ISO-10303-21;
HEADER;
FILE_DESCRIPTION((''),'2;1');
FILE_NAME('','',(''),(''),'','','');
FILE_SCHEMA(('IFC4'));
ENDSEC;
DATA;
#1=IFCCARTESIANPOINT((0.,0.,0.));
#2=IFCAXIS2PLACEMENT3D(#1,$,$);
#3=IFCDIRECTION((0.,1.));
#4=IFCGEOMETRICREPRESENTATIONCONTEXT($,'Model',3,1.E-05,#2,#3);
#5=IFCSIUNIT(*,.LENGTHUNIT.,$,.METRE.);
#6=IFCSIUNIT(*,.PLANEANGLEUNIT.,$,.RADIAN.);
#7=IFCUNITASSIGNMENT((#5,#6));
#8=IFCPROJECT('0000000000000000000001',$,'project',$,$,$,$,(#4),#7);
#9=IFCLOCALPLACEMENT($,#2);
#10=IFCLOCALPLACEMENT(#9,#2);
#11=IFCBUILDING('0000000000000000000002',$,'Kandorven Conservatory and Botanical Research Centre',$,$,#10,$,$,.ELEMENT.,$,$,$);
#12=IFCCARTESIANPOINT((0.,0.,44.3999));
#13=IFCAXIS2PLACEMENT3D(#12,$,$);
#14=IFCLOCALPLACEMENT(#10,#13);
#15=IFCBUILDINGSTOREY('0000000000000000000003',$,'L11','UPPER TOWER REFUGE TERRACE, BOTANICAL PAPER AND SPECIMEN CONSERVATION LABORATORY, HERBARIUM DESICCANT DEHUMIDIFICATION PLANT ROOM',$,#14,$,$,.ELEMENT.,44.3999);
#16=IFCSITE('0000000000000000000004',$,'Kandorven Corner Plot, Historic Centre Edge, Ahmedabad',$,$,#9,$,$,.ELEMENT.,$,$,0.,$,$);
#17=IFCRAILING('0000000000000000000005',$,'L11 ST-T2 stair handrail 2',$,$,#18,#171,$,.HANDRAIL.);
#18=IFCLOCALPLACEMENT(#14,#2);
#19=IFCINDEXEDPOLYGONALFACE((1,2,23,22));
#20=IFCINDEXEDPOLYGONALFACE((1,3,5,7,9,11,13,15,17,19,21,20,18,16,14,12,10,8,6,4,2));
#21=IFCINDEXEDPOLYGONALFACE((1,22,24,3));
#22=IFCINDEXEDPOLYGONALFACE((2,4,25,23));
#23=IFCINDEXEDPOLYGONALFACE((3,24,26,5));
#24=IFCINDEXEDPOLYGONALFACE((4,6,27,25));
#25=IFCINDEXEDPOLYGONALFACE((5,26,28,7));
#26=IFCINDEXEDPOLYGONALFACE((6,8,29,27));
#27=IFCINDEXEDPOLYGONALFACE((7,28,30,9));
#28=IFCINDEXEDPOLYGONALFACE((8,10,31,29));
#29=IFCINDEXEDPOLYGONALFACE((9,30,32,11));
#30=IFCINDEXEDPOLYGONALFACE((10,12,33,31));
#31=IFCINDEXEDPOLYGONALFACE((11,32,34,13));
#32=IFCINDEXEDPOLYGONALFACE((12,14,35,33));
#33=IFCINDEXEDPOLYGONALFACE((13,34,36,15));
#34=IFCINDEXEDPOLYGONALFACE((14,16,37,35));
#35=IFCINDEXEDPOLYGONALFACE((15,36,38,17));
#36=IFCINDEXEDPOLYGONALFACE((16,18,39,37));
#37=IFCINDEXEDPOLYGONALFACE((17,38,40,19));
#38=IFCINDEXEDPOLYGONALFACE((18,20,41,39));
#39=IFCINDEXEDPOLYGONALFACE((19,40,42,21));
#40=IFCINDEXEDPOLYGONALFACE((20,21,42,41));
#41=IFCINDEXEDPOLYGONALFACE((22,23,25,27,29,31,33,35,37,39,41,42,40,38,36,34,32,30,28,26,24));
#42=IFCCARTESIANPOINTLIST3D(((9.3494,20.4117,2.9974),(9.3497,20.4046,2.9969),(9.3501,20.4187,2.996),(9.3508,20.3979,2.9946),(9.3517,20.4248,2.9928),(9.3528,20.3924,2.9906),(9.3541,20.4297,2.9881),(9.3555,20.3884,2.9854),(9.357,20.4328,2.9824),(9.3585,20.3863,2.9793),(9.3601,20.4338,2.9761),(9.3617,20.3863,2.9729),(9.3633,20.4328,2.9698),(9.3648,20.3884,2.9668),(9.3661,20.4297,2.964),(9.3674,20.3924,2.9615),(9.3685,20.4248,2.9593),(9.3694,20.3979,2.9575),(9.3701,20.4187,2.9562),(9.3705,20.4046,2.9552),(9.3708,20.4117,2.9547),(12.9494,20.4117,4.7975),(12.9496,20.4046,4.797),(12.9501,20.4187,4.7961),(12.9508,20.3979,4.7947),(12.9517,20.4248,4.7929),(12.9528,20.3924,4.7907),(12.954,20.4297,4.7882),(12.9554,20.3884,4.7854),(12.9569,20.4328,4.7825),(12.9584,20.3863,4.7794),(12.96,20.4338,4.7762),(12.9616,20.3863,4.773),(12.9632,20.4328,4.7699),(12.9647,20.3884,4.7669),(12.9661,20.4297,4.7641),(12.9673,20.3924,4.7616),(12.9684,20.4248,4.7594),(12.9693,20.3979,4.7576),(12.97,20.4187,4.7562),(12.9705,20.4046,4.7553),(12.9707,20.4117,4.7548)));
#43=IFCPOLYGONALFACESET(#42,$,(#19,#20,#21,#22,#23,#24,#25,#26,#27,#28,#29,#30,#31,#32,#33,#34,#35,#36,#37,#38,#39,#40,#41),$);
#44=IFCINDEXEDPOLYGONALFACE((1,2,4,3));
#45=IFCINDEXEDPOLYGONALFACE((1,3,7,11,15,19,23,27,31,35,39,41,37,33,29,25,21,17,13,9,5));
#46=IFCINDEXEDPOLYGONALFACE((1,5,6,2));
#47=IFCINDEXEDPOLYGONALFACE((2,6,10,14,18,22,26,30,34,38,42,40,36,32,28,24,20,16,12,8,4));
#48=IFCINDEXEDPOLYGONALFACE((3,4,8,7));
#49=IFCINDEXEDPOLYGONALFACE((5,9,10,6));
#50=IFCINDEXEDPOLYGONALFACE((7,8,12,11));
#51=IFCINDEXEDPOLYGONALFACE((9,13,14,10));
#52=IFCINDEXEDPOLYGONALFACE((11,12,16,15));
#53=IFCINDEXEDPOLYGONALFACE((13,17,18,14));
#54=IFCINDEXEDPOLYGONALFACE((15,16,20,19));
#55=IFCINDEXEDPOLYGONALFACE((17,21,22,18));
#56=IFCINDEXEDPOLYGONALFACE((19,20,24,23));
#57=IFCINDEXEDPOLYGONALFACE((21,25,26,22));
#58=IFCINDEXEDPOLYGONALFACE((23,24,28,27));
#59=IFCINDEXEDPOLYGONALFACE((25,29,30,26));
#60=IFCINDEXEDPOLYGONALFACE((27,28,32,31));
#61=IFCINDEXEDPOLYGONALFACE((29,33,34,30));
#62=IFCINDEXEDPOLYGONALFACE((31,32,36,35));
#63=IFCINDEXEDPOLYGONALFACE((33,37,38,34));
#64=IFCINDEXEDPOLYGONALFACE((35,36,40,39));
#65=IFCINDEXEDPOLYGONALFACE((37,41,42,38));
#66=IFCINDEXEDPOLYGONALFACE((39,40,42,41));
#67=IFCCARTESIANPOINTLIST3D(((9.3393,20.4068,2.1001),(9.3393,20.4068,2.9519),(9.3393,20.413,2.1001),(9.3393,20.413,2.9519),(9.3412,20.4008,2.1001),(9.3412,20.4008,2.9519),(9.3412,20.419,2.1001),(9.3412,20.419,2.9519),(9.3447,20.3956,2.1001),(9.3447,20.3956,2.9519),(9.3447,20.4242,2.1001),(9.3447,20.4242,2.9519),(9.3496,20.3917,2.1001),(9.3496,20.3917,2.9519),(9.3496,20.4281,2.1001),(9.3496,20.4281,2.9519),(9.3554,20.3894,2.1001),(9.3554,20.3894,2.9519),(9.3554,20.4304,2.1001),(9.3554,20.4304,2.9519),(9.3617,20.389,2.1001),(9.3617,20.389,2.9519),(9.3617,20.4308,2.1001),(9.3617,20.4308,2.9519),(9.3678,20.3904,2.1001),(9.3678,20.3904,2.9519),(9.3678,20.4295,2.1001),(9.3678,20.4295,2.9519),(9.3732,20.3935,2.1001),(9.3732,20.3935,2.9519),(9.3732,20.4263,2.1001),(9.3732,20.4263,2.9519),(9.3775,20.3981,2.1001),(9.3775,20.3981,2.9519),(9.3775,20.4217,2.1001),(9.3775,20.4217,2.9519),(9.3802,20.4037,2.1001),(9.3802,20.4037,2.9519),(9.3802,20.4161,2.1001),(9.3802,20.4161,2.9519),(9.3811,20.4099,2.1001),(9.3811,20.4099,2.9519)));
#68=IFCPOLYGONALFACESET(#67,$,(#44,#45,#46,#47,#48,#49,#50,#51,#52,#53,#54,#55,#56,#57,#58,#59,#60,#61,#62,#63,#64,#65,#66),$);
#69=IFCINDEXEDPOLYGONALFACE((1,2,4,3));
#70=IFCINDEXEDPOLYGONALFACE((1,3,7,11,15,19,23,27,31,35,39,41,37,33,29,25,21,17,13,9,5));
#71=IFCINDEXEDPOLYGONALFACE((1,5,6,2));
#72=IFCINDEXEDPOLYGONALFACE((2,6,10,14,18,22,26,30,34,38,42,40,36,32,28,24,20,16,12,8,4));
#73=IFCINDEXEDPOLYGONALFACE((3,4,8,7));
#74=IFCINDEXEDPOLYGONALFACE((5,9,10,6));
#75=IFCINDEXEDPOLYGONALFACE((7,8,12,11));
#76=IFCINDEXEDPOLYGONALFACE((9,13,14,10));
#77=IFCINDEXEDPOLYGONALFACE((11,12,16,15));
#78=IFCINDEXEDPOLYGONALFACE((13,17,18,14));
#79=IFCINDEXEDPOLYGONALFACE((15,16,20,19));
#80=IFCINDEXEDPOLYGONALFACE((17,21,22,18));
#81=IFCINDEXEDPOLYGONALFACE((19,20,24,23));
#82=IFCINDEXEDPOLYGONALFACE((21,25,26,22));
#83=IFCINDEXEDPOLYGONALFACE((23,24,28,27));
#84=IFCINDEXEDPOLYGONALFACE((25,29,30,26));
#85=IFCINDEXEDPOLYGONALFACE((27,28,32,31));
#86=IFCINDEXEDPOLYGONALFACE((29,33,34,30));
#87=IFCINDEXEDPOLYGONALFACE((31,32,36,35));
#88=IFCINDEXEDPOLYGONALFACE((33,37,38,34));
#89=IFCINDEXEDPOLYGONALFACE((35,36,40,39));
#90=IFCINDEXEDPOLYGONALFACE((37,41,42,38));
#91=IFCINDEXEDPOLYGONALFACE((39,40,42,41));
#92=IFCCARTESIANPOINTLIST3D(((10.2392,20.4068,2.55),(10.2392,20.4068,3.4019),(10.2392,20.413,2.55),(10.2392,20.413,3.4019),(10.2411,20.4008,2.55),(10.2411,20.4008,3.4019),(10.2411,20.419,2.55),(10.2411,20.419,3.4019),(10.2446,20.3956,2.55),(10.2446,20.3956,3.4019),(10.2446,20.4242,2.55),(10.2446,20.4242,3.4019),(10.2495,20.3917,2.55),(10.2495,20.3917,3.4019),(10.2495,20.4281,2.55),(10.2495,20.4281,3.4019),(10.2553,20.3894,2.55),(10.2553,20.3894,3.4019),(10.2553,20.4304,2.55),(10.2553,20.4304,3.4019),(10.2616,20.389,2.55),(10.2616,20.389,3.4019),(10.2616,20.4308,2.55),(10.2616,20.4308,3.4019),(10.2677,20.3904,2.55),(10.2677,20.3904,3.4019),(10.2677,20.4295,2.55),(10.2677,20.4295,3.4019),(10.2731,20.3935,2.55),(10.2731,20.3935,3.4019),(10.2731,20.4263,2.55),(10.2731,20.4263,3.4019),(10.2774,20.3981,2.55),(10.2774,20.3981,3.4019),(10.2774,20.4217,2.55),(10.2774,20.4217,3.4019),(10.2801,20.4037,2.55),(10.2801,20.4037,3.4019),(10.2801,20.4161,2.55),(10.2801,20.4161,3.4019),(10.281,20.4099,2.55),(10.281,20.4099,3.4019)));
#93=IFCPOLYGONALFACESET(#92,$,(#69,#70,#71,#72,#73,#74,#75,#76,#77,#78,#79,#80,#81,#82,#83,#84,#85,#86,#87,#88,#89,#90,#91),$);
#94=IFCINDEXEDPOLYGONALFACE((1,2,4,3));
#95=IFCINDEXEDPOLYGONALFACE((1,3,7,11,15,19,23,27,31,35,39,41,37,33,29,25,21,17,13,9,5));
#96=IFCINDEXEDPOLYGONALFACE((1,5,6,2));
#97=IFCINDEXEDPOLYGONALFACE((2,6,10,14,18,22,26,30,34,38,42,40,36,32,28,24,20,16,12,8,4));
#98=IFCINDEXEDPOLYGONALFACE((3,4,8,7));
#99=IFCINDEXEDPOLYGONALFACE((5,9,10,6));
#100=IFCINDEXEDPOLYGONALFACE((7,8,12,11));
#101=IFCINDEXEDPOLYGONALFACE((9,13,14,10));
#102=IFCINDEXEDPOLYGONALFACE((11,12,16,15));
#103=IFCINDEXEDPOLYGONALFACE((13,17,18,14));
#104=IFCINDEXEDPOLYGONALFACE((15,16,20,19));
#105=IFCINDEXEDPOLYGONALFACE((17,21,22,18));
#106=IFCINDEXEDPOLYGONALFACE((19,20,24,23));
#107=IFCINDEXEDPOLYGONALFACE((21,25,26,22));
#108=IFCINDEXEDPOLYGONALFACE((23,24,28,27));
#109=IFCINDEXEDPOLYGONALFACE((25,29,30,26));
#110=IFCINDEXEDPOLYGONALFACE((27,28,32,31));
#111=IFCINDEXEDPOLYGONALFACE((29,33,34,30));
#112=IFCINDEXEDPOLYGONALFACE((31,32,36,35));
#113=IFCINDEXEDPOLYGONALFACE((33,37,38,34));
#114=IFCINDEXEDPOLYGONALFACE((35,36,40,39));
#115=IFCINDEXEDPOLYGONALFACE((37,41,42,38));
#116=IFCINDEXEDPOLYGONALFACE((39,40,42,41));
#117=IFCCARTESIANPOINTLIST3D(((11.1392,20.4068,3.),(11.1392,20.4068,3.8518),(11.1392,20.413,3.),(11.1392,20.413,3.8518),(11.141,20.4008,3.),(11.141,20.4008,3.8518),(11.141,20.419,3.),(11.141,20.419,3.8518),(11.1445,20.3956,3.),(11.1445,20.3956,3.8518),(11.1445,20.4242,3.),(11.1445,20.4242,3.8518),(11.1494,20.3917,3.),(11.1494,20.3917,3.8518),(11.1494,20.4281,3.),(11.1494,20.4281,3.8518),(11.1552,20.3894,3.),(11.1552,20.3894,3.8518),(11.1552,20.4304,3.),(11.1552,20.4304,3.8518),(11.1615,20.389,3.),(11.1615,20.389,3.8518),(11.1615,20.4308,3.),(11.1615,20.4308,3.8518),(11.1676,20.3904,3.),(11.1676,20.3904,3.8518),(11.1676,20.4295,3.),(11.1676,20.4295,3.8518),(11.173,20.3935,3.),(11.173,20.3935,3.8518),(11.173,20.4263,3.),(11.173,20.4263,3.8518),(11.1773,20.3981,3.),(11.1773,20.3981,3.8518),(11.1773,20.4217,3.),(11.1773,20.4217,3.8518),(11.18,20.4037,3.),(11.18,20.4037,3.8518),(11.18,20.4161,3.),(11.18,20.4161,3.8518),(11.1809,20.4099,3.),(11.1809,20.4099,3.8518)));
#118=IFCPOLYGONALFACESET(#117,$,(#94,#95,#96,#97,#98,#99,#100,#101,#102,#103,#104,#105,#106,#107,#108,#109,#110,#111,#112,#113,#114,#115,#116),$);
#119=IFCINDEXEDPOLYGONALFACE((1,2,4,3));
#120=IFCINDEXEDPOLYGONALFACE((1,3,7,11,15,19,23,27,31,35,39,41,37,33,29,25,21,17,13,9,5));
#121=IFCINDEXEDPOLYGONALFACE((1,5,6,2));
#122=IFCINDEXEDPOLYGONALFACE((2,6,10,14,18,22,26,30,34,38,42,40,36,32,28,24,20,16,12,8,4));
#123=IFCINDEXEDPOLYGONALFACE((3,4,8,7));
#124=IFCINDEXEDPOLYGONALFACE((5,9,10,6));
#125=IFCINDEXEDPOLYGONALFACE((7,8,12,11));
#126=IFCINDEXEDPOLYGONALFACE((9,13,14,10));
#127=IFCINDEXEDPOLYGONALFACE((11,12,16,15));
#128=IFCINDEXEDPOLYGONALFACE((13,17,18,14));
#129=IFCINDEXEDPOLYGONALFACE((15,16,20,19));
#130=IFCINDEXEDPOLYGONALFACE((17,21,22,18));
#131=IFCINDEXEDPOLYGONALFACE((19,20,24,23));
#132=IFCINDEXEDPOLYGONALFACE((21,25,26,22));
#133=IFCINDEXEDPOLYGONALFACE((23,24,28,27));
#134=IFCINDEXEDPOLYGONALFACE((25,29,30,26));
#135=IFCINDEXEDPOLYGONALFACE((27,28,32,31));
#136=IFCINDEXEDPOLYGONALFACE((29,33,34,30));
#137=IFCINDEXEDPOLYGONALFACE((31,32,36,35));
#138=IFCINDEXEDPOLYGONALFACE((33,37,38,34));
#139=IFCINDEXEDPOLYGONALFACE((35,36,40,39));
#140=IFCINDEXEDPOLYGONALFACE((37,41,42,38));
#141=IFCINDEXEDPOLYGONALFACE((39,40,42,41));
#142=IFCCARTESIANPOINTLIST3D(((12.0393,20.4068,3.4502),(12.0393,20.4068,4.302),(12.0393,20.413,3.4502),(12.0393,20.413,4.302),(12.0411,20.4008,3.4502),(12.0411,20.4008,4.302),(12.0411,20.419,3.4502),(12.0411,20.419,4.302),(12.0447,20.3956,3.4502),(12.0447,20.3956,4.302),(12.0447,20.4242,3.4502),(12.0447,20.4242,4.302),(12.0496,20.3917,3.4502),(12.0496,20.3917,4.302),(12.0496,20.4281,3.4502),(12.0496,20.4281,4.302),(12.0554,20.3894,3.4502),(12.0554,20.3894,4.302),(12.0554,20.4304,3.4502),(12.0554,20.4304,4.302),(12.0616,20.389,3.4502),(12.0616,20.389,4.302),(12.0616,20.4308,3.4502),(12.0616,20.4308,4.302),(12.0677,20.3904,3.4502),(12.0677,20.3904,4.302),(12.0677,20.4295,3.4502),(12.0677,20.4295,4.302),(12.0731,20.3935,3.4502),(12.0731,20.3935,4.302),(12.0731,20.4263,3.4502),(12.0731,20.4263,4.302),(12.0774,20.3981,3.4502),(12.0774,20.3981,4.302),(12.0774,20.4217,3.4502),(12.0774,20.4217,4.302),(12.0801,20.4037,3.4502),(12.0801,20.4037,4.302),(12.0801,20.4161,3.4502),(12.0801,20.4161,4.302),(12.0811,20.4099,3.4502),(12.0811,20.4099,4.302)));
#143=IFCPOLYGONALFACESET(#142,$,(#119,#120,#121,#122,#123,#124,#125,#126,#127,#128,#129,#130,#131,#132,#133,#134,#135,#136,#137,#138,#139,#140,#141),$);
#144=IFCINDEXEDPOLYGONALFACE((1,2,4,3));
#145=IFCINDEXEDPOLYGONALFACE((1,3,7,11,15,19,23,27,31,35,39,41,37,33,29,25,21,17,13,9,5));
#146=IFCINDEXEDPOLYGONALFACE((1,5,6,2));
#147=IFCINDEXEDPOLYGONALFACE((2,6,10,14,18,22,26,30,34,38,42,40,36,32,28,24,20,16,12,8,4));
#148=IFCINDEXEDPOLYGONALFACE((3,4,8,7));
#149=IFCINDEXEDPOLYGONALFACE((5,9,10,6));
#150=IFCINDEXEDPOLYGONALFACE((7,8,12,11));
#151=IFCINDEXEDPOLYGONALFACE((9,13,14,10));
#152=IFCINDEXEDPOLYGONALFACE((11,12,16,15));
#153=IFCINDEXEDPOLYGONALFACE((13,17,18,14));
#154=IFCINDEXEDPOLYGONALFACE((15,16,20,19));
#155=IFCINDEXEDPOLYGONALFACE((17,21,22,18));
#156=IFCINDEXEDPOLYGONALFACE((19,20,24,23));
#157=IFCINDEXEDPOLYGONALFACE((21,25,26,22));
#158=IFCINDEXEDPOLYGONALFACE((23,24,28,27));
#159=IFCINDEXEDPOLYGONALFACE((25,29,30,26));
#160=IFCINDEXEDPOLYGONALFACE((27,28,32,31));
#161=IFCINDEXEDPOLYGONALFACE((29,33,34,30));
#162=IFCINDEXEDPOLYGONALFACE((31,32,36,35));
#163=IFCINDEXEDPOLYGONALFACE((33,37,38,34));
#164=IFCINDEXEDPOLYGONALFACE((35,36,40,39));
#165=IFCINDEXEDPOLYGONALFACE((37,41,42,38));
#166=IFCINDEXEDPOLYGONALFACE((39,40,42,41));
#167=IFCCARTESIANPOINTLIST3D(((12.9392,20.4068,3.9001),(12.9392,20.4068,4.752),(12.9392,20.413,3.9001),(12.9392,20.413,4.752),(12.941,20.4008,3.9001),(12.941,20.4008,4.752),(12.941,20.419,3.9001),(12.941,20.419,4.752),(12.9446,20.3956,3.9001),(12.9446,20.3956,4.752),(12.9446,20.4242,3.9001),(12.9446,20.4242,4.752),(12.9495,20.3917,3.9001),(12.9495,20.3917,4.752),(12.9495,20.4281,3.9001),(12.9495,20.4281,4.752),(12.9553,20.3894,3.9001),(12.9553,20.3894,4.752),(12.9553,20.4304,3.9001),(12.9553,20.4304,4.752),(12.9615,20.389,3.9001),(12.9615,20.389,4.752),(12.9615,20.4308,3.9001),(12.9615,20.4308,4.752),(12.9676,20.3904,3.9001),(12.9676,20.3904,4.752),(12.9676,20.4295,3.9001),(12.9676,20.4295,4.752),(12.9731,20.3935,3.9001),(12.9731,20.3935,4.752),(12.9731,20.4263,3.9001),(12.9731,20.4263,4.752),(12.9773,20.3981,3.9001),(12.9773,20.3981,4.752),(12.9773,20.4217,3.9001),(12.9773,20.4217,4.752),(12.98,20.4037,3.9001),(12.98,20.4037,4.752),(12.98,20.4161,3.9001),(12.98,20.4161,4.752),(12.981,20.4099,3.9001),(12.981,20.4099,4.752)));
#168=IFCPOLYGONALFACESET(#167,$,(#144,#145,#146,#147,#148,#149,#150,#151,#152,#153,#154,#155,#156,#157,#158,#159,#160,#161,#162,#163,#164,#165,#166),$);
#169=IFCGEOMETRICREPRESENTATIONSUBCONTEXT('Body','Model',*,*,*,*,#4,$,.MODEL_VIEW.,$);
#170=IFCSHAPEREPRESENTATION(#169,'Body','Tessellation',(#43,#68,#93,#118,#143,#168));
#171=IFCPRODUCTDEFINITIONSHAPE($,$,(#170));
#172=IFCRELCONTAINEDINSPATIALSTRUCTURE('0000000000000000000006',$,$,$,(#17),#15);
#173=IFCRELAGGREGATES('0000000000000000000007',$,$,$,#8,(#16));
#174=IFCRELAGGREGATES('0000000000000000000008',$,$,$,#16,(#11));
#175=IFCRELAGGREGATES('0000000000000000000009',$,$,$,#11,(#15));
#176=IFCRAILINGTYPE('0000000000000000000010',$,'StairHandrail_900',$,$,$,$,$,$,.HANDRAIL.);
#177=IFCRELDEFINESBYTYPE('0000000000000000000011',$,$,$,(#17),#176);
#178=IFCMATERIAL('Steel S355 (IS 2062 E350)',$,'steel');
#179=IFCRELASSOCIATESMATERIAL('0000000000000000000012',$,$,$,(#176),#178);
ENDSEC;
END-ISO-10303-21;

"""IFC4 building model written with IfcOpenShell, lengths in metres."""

from ifc_helpers import new_model, si_unit, direction, frame, origin, origin_2d, place, context, subcontext, project, spatial, circle, extrude, material, type_object, element, save


model = new_model("IFC4")

# Units and contexts
model_context = context("Model", 3, precision=1e-05, world=origin(), true_north=direction((0.0, 1.0)))
body_context = subcontext(model_context, "Body", "Model", "MODEL_VIEW")
ifc_project = project(units=[si_unit("LENGTHUNIT", "METRE"), si_unit("PLANEANGLEUNIT", "RADIAN")], contexts=[model_context])

# Site, building, storey
site_placement = place(None, origin())
site = spatial("IfcSite", under=ifc_project, at=site_placement, Name="Kandorven Corner Plot, Historic Centre Edge, Ahmedabad", CompositionType="ELEMENT", RefElevation=0.0)
building_placement = place(site_placement, origin())
building = spatial("IfcBuilding", under=site, at=building_placement, Name="Kandorven Conservatory and Botanical Research Centre", CompositionType="ELEMENT")
storey_placement = place(building_placement, frame((0.0, 0.0, 44.3999)))
storey = spatial("IfcBuildingStorey", under=building, at=storey_placement, Name="L11", Description="UPPER TOWER REFUGE TERRACE, BOTANICAL PAPER AND SPECIMEN CONSERVATION LABORATORY, HERBARIUM DESICCANT DEHUMIDIFICATION PLANT ROOM", CompositionType="ELEMENT", Elevation=44.3999)

# Railing
ifc_material_1 = material(Name="Steel S355 (IS 2062 E350)", Category="steel")
railing_type_1 = type_object("IfcRailingType", Name="StairHandrail_900", PredefinedType="HANDRAIL", material=ifc_material_1)
railing_1_placement = place(storey_placement, frame((9.3601, 20.4099, 2.1001)))
element("IfcRailing", 1, at=railing_1_placement, inside=storey, type_object=railing_type_1, Name="L11 ST-T2 stair handrail 2", PredefinedType="HANDRAIL", context=body_context, shape_type="SweptSolid", body=[
    extrude(circle(Radius=0.0239, at=origin_2d()), frame((0.0, 0.0, 0.876), z_axis=(0.894415, 0.0, 0.447238), x_axis=(0.0, 1.0, 0.0)), (0.0, 0.0, 1.0), 4.0249),
    extrude(circle(Radius=0.021, at=origin_2d()), origin(), (0.0, 0.0, 1.0), 0.8518),
    extrude(circle(Radius=0.021, at=origin_2d()), frame((0.8999, 0.0, 0.45)), (0.0, 0.0, 1.0), 0.8518),
    extrude(circle(Radius=0.021, at=origin_2d()), frame((1.7998, 0.0, 0.8999)), (0.0, 0.0, 1.0), 0.8518),
    extrude(circle(Radius=0.021, at=origin_2d()), frame((2.7, 0.0, 1.3501)), (0.0, 0.0, 1.0), 0.8518),
    extrude(circle(Radius=0.021, at=origin_2d()), frame((3.5999, 0.0, 1.8)), (0.0, 0.0, 1.0), 0.8518),
])

save(model, "model.ifc")
